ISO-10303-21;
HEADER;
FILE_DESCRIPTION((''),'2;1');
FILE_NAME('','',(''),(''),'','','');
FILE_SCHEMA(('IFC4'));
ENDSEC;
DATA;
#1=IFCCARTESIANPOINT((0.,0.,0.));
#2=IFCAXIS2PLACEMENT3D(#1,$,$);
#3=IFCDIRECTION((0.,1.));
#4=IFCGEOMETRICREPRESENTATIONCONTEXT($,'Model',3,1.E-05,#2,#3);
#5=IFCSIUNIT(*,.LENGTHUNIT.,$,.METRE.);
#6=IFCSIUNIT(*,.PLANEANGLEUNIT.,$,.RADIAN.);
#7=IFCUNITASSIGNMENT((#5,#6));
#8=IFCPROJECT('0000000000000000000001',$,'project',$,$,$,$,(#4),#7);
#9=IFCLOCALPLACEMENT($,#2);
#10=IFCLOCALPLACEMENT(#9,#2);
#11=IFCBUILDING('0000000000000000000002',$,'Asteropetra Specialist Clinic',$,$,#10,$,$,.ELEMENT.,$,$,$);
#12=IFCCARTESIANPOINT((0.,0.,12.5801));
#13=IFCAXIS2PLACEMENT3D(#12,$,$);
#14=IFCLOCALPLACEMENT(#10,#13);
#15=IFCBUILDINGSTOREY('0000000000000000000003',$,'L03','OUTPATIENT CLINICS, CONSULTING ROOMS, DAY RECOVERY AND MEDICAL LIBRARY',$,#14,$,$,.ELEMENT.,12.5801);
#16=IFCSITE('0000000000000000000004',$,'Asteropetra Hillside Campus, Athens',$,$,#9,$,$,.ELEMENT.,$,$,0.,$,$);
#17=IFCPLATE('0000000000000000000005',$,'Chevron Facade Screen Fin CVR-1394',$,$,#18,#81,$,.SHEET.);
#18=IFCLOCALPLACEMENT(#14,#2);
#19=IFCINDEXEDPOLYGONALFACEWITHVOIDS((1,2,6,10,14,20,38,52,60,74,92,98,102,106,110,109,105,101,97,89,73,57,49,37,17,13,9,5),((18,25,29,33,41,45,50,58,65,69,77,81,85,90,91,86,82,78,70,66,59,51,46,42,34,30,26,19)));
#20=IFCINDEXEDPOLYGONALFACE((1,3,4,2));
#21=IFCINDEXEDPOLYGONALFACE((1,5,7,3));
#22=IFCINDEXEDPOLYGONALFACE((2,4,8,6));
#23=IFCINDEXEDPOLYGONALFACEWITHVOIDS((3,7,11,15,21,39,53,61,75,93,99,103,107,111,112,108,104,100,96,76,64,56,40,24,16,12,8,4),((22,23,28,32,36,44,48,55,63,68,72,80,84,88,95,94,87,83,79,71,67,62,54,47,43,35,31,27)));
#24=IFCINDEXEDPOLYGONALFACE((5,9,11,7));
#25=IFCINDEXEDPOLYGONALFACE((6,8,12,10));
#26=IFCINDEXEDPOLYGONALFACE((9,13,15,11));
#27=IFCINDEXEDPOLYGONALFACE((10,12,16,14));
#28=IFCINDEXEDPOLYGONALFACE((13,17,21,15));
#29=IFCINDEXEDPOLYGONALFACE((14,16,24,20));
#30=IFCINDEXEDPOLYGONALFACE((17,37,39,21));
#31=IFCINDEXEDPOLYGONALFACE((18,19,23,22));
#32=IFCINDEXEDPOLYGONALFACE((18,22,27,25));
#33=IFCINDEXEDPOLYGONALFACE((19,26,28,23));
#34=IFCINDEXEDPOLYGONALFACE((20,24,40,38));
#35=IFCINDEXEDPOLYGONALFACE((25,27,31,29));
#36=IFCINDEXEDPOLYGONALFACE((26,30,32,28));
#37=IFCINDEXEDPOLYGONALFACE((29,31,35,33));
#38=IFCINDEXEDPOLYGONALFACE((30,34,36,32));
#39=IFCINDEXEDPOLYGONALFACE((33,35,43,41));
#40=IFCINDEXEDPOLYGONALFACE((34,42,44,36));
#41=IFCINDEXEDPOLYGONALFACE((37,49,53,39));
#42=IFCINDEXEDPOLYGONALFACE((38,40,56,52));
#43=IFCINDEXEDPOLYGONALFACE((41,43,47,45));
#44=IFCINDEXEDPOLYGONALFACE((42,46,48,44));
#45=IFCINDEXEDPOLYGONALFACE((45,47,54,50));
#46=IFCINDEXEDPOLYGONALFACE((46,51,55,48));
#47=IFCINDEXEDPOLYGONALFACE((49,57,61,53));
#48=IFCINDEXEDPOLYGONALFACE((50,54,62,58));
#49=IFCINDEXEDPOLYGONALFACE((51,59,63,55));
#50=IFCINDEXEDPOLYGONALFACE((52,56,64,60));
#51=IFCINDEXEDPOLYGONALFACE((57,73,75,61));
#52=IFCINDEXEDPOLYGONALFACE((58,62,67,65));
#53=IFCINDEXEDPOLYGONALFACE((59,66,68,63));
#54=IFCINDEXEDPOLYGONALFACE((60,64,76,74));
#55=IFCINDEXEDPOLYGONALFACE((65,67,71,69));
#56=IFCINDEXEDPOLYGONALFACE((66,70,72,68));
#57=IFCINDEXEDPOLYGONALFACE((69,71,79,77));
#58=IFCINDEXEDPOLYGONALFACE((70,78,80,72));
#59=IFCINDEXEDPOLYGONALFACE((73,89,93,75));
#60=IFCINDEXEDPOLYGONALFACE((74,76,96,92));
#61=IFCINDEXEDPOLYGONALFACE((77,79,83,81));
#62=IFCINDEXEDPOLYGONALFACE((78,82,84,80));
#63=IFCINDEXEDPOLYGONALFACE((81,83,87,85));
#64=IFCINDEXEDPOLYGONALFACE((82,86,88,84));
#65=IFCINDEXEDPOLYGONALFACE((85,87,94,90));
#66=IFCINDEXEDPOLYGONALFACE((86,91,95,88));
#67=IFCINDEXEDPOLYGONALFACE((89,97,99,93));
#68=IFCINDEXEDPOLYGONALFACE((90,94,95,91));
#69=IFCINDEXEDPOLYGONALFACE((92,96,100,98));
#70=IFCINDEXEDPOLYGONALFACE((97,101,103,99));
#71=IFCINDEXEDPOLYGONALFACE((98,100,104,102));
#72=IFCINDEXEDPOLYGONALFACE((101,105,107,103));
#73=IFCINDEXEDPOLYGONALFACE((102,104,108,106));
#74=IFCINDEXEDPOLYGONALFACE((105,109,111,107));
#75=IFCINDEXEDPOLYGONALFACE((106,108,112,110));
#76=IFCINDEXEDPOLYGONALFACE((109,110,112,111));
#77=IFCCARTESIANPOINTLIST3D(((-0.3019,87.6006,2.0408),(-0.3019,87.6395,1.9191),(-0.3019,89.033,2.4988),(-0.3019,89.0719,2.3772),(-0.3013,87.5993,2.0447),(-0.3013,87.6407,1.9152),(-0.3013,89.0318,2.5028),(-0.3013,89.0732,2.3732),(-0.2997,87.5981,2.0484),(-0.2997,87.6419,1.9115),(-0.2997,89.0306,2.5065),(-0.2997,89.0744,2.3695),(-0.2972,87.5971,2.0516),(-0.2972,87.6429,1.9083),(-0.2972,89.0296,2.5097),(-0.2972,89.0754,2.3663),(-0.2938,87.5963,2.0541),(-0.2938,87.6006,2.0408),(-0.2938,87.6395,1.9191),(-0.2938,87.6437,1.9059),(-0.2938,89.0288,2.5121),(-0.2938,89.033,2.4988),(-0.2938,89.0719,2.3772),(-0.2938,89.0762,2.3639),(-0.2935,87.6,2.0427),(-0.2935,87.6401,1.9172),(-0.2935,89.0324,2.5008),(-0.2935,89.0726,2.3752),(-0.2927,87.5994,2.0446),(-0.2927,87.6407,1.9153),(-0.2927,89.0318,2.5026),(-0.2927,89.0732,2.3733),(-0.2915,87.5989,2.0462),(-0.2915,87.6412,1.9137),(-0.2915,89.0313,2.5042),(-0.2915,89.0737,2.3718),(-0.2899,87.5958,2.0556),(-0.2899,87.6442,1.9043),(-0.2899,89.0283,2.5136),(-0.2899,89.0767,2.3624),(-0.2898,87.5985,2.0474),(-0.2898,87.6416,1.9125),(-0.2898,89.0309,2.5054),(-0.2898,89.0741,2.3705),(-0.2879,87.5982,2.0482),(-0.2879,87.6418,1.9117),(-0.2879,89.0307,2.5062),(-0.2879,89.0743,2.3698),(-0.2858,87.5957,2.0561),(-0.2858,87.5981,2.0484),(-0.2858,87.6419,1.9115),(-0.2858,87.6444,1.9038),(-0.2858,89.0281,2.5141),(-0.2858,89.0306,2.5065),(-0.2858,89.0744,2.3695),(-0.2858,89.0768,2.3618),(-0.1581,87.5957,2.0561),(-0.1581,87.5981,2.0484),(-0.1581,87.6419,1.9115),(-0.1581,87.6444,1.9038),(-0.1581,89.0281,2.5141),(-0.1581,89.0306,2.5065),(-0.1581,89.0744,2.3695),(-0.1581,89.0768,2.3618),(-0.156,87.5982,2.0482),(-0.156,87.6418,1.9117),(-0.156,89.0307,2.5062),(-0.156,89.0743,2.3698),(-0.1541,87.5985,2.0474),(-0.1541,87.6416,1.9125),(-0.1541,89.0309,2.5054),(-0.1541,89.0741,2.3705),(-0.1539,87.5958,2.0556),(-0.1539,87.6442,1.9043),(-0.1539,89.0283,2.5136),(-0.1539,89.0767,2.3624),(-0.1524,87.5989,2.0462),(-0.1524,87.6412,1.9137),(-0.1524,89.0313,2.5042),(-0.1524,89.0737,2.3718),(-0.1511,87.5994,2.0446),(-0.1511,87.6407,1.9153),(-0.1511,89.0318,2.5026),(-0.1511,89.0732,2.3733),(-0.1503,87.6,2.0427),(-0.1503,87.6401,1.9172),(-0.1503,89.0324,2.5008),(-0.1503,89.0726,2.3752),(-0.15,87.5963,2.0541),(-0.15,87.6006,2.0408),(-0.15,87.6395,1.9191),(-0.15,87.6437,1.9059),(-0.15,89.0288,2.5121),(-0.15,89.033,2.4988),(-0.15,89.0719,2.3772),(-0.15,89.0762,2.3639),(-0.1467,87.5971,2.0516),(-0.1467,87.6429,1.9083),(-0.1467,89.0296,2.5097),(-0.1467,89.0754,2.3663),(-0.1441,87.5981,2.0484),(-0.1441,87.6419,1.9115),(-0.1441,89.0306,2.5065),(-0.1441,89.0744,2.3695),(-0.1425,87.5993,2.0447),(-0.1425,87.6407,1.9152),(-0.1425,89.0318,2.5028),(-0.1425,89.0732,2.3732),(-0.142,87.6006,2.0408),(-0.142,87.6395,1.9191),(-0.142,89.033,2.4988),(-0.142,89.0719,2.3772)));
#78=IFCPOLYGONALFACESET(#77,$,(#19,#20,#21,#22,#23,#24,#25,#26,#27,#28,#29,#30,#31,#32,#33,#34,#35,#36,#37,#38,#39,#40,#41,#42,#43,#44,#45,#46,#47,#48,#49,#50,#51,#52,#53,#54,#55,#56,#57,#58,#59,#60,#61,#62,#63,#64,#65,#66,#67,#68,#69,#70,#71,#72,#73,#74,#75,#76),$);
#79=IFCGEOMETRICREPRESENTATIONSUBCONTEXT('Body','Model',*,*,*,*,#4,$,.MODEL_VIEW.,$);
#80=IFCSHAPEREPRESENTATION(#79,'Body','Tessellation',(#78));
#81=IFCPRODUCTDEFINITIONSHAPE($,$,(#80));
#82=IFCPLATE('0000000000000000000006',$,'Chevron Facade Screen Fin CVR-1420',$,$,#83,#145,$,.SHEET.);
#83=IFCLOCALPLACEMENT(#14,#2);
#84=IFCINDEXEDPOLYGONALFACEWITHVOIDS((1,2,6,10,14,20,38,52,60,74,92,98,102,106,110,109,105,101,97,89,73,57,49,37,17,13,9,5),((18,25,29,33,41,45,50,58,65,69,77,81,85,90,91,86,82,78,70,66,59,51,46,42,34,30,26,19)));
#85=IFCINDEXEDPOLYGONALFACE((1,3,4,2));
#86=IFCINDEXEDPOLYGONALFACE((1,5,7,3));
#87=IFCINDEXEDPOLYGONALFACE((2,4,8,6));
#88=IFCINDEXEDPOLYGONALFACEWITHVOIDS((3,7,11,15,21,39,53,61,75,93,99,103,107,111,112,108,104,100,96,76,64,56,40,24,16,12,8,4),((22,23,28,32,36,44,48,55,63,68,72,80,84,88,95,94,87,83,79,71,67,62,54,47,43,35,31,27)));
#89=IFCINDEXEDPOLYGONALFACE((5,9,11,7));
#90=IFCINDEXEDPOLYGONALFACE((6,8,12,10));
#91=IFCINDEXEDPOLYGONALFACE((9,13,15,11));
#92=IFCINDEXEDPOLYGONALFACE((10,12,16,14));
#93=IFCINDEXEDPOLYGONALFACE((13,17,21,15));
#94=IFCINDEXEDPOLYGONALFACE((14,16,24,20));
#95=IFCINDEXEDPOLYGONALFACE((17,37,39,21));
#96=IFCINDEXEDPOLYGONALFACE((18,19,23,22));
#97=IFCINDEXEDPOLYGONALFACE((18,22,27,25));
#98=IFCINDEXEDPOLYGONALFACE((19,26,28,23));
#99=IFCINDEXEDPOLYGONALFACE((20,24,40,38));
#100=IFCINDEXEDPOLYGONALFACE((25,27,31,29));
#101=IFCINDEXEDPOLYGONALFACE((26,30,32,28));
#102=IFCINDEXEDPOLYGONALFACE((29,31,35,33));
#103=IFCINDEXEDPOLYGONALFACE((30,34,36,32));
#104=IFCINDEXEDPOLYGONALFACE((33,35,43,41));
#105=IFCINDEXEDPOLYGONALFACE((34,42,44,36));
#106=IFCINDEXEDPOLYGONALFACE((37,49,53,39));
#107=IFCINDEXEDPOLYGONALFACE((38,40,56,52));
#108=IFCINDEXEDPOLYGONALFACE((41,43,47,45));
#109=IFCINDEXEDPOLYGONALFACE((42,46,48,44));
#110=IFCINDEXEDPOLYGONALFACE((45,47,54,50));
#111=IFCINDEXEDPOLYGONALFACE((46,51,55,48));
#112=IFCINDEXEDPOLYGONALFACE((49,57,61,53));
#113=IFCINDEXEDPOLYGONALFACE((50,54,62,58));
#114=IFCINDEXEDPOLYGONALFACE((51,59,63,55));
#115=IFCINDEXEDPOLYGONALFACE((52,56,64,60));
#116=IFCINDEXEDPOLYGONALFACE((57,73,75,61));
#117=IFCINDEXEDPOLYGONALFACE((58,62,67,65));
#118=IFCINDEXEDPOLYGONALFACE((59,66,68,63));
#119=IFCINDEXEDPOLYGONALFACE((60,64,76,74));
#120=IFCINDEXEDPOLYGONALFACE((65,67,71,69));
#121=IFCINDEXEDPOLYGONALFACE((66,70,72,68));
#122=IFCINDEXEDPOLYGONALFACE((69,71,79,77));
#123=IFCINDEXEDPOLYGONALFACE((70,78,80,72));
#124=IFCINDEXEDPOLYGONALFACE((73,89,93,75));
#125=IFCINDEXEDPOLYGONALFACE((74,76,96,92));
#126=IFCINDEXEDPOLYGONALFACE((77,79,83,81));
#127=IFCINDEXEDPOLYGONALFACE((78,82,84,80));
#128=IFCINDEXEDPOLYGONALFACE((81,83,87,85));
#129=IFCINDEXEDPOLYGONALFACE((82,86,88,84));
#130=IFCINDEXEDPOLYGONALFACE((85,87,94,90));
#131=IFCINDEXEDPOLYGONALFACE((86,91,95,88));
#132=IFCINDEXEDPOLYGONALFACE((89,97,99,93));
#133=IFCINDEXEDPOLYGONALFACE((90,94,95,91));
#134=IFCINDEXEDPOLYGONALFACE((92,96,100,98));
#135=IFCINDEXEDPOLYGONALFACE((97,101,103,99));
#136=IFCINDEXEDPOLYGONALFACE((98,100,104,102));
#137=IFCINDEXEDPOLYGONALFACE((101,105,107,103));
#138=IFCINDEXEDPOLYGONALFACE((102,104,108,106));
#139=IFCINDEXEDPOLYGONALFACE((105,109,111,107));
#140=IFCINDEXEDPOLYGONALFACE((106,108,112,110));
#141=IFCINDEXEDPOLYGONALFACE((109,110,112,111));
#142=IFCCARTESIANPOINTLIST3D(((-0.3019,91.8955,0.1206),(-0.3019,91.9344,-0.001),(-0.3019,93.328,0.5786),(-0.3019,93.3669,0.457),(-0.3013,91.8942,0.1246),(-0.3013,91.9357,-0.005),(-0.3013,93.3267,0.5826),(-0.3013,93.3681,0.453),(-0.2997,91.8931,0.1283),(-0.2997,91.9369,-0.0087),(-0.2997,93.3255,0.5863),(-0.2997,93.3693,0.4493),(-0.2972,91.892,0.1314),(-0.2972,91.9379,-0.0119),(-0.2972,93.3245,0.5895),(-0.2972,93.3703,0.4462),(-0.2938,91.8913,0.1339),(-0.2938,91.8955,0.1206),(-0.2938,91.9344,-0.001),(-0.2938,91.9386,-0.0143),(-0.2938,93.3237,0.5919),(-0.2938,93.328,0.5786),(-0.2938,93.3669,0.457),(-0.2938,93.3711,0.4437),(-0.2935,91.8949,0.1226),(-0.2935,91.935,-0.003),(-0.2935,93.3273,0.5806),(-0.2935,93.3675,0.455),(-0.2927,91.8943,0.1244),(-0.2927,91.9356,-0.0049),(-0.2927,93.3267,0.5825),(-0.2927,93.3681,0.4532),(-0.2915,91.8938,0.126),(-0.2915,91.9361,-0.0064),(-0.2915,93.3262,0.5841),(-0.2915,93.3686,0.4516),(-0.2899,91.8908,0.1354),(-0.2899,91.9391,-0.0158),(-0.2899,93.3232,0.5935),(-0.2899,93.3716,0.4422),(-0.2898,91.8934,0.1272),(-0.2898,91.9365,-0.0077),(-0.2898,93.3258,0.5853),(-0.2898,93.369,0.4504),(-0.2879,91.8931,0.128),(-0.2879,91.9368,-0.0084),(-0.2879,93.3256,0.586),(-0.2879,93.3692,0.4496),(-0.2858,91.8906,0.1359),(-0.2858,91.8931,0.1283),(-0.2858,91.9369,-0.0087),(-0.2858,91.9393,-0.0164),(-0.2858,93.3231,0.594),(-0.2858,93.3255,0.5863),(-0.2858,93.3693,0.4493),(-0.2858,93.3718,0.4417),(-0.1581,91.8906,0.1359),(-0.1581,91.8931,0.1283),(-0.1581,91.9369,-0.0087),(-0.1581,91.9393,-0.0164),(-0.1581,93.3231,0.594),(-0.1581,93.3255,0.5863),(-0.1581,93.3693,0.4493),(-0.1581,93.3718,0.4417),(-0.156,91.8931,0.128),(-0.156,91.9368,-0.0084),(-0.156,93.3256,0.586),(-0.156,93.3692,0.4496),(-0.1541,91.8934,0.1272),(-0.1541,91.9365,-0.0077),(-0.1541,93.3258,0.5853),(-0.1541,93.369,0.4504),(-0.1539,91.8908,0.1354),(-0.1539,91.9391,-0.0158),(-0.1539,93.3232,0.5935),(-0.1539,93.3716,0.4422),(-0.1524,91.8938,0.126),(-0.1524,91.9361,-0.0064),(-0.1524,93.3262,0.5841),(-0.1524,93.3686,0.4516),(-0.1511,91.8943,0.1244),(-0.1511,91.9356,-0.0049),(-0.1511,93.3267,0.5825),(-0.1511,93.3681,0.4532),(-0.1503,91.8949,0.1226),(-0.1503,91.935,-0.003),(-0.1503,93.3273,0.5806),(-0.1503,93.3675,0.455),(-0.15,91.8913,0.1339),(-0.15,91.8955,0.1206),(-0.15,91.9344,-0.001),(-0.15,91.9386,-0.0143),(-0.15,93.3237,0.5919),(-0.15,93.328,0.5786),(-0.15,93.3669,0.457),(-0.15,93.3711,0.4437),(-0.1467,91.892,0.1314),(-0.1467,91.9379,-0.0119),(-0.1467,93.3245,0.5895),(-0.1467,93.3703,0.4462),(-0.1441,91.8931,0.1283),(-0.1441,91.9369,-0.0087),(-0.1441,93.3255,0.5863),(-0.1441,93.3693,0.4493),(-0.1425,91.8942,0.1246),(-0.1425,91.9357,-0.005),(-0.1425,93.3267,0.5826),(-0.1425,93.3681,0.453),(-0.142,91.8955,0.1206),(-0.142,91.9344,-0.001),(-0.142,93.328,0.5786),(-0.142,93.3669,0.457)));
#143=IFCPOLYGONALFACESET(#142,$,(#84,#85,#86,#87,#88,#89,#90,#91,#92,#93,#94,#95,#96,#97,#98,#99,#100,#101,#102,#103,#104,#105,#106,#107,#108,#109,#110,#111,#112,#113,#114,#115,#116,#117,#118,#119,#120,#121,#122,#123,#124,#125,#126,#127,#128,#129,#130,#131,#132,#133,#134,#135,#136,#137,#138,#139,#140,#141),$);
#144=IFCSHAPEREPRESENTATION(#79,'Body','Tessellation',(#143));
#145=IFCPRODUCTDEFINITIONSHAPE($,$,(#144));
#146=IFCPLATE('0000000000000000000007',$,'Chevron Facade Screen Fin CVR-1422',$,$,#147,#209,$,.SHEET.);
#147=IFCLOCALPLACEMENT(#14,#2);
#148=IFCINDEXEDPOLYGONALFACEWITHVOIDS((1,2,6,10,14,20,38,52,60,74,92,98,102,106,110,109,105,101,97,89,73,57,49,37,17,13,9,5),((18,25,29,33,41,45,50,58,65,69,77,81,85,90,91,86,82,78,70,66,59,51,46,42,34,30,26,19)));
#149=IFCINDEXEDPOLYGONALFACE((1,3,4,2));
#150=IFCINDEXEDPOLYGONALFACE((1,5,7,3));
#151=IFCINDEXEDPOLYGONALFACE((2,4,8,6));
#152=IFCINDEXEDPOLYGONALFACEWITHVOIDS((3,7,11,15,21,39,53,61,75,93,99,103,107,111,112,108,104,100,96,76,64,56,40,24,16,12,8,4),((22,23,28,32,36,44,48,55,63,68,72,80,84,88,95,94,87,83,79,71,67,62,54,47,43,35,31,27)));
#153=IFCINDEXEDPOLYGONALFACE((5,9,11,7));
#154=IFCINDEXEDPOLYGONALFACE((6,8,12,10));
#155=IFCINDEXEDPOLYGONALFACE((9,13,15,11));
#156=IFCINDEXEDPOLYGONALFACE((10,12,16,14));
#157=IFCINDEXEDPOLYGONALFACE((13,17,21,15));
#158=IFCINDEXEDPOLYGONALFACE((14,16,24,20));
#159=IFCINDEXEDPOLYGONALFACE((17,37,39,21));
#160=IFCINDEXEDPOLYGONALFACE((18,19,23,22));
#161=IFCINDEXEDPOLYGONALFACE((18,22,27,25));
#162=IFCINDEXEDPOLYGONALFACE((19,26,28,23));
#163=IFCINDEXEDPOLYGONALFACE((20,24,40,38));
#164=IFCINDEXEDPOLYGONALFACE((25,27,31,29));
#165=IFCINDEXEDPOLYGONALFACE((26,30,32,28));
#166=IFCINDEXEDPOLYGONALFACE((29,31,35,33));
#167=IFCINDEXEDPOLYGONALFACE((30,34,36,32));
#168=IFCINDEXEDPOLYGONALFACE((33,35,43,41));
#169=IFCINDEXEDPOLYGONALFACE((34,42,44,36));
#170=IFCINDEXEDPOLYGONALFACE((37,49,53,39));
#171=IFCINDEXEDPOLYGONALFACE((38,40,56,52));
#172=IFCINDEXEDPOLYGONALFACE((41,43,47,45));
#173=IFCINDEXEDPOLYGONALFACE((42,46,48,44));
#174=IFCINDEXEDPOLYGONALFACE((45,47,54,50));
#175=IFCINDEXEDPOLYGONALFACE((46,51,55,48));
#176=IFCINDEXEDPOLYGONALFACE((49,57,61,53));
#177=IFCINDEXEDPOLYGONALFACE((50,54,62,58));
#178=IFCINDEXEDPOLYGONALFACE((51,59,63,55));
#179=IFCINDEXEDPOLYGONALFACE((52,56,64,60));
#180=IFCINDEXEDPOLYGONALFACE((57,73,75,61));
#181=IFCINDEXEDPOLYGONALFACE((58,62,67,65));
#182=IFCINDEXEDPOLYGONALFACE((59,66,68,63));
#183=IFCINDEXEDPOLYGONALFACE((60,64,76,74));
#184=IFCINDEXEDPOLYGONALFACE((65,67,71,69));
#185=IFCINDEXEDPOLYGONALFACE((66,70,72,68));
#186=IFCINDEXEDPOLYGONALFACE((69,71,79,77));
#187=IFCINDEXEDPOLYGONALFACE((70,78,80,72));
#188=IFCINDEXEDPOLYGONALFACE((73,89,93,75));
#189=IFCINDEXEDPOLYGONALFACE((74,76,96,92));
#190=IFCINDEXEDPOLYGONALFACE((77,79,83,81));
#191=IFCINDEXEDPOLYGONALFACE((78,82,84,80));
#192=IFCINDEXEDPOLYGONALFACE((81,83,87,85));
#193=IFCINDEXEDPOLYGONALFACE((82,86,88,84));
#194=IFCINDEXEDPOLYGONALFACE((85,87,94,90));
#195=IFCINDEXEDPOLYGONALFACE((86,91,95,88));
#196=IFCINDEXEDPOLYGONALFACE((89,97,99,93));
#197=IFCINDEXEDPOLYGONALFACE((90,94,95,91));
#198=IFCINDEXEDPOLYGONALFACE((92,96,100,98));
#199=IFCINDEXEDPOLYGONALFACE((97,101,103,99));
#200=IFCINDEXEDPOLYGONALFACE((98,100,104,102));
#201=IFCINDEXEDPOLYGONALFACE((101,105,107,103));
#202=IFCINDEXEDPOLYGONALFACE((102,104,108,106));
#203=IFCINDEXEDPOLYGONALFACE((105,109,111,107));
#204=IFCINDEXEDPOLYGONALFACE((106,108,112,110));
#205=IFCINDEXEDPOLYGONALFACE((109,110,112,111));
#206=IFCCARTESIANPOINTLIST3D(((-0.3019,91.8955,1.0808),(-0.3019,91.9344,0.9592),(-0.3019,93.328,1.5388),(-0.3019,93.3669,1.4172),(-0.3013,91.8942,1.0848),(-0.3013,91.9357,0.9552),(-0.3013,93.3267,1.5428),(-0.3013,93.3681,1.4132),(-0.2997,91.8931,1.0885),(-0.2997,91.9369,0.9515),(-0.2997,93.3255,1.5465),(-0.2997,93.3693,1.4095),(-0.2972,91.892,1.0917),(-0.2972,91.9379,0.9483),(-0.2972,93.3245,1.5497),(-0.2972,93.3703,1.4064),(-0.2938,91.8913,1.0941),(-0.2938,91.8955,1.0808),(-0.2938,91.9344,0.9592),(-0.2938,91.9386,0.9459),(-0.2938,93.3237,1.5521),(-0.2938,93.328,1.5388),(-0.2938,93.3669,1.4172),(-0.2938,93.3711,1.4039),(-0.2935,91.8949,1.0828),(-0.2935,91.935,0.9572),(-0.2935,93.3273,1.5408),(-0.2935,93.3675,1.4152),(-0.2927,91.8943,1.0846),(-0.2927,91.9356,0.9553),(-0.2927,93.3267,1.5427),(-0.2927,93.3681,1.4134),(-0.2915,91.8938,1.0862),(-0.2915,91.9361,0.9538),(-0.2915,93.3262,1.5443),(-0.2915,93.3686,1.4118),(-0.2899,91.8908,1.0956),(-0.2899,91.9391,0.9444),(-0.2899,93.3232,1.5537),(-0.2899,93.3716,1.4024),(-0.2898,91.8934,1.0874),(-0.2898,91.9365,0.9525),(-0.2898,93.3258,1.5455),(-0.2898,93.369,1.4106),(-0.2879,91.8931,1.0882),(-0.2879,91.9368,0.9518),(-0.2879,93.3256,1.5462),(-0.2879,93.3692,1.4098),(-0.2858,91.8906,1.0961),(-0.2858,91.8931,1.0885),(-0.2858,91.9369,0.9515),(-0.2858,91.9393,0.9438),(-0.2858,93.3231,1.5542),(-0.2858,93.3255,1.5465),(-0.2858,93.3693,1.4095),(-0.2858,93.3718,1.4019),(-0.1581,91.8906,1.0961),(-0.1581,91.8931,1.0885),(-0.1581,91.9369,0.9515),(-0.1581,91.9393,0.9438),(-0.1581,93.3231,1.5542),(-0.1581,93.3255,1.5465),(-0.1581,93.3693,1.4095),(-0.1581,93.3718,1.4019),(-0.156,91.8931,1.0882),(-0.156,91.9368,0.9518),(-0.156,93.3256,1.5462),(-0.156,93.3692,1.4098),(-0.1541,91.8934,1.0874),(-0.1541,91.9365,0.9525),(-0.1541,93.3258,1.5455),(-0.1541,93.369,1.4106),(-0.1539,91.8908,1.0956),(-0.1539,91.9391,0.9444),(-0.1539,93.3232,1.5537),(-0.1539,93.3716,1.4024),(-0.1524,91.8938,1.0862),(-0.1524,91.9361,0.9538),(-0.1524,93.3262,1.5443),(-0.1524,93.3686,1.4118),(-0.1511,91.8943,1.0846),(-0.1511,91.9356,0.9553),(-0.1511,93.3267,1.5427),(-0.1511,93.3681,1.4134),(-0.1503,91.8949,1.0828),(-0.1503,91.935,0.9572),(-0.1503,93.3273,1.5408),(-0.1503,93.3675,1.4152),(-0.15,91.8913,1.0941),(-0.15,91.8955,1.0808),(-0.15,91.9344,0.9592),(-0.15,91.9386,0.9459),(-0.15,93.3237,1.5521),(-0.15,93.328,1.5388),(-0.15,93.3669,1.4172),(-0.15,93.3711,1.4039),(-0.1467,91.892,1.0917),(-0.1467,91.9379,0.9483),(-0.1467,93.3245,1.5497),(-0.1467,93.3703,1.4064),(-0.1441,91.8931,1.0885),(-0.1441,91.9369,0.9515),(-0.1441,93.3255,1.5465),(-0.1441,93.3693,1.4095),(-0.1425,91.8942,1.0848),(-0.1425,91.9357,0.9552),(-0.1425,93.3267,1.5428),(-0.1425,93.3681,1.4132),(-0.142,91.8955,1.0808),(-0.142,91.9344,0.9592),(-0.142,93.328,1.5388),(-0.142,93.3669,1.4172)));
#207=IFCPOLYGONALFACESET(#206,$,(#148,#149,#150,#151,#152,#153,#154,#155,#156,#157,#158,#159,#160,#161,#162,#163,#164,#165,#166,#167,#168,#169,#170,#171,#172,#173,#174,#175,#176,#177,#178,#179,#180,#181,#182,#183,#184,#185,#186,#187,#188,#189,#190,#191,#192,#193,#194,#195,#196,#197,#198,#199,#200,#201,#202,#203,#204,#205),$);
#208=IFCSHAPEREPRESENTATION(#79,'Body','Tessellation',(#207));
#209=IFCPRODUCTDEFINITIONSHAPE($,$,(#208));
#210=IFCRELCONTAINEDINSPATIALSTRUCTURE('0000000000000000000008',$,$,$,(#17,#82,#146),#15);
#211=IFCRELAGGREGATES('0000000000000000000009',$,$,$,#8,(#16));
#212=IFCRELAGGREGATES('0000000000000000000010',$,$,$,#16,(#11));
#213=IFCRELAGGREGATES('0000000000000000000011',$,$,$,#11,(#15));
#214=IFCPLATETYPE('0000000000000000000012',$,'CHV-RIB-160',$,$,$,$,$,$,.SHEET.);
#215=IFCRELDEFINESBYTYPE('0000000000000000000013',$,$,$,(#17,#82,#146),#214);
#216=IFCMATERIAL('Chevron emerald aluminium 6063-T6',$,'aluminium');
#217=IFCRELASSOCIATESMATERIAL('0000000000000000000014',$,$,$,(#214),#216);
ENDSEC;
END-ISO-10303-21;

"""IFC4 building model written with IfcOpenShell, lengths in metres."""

from ifc_helpers import new_model, si_unit, direction, frame, origin, origin_2d, place, context, subcontext, project, spatial, hollow_rectangle, extrude, material, material_profile, profile_set, type_object, element, save


model = new_model("IFC4")

# Units and contexts
model_context = context("Model", 3, precision=1e-05, world=origin(), true_north=direction((0.0, 1.0)))
body_context = subcontext(model_context, "Body", "Model", "MODEL_VIEW")
ifc_project = project(units=[si_unit("LENGTHUNIT", "METRE"), si_unit("PLANEANGLEUNIT", "RADIAN")], contexts=[model_context])

# Site, building, storey
site_placement = place(None, origin())
site = spatial("IfcSite", under=ifc_project, at=site_placement, Name="Asteropetra Hillside Campus, Athens", CompositionType="ELEMENT", RefElevation=0.0)
building_placement = place(site_placement, origin())
building = spatial("IfcBuilding", under=site, at=building_placement, Name="Asteropetra Specialist Clinic", CompositionType="ELEMENT")
storey_placement = place(building_placement, frame((0.0, 0.0, 12.5801)))
storey = spatial("IfcBuildingStorey", under=building, at=storey_placement, Name="L03", Description="OUTPATIENT CLINICS, CONSULTING ROOMS, DAY RECOVERY AND MEDICAL LIBRARY", CompositionType="ELEMENT", Elevation=12.5801)

# Plates
ifc_material_1 = material(Name="Chevron emerald aluminium 6063-T6", Category="aluminium")
ifc_material_profile_1 = material_profile(ifc_material_1, hollow_rectangle(XDim=0.1599, YDim=0.1599, WallThickness=0.0081, InnerFilletRadius=0.0081, OuterFilletRadius=0.0161, at=origin_2d()), Name="SHS 160x160x8.0")
ifc_profile_set_1 = profile_set([ifc_material_profile_1], Name="Chevron emerald aluminium 6063-T6")
plate_type_1 = type_object("IfcPlateType", Name="CHV-RIB-160", PredefinedType="SHEET", material=ifc_profile_set_1)
for number, where, z_axis, x_axis, name in (
    (1, (-0.2219, 89.0525, 2.438), (0.0, -0.952492, -0.304564), (1.0, 0.0, 0.0), "Chevron Facade Screen Fin CVR-1394"),
    (2, (-0.2219, 93.3474, 0.5178), (0.0, -0.952492, -0.304564), (1.0, 0.0, 0.0), "Chevron Facade Screen Fin CVR-1420"),
    (3, (-0.2219, 93.3474, 1.478), (0.0, -0.952492, -0.304564), (1.0, 0.0, 0.0), "Chevron Facade Screen Fin CVR-1422"),
):
    element("IfcPlate", number, at=place(storey_placement, frame(where, z_axis=z_axis, x_axis=x_axis)), inside=storey, type_object=plate_type_1, Name=name, PredefinedType="SHEET", context=body_context, shape_type="SweptSolid", body=[
        extrude(hollow_rectangle(XDim=0.1599, YDim=0.1599, WallThickness=0.0081, InnerFilletRadius=0.0081, OuterFilletRadius=0.0161, at=origin_2d()), origin(), (0.0, 0.0, 1.0), 1.5039),
    ])

save(model, "model.ifc")
